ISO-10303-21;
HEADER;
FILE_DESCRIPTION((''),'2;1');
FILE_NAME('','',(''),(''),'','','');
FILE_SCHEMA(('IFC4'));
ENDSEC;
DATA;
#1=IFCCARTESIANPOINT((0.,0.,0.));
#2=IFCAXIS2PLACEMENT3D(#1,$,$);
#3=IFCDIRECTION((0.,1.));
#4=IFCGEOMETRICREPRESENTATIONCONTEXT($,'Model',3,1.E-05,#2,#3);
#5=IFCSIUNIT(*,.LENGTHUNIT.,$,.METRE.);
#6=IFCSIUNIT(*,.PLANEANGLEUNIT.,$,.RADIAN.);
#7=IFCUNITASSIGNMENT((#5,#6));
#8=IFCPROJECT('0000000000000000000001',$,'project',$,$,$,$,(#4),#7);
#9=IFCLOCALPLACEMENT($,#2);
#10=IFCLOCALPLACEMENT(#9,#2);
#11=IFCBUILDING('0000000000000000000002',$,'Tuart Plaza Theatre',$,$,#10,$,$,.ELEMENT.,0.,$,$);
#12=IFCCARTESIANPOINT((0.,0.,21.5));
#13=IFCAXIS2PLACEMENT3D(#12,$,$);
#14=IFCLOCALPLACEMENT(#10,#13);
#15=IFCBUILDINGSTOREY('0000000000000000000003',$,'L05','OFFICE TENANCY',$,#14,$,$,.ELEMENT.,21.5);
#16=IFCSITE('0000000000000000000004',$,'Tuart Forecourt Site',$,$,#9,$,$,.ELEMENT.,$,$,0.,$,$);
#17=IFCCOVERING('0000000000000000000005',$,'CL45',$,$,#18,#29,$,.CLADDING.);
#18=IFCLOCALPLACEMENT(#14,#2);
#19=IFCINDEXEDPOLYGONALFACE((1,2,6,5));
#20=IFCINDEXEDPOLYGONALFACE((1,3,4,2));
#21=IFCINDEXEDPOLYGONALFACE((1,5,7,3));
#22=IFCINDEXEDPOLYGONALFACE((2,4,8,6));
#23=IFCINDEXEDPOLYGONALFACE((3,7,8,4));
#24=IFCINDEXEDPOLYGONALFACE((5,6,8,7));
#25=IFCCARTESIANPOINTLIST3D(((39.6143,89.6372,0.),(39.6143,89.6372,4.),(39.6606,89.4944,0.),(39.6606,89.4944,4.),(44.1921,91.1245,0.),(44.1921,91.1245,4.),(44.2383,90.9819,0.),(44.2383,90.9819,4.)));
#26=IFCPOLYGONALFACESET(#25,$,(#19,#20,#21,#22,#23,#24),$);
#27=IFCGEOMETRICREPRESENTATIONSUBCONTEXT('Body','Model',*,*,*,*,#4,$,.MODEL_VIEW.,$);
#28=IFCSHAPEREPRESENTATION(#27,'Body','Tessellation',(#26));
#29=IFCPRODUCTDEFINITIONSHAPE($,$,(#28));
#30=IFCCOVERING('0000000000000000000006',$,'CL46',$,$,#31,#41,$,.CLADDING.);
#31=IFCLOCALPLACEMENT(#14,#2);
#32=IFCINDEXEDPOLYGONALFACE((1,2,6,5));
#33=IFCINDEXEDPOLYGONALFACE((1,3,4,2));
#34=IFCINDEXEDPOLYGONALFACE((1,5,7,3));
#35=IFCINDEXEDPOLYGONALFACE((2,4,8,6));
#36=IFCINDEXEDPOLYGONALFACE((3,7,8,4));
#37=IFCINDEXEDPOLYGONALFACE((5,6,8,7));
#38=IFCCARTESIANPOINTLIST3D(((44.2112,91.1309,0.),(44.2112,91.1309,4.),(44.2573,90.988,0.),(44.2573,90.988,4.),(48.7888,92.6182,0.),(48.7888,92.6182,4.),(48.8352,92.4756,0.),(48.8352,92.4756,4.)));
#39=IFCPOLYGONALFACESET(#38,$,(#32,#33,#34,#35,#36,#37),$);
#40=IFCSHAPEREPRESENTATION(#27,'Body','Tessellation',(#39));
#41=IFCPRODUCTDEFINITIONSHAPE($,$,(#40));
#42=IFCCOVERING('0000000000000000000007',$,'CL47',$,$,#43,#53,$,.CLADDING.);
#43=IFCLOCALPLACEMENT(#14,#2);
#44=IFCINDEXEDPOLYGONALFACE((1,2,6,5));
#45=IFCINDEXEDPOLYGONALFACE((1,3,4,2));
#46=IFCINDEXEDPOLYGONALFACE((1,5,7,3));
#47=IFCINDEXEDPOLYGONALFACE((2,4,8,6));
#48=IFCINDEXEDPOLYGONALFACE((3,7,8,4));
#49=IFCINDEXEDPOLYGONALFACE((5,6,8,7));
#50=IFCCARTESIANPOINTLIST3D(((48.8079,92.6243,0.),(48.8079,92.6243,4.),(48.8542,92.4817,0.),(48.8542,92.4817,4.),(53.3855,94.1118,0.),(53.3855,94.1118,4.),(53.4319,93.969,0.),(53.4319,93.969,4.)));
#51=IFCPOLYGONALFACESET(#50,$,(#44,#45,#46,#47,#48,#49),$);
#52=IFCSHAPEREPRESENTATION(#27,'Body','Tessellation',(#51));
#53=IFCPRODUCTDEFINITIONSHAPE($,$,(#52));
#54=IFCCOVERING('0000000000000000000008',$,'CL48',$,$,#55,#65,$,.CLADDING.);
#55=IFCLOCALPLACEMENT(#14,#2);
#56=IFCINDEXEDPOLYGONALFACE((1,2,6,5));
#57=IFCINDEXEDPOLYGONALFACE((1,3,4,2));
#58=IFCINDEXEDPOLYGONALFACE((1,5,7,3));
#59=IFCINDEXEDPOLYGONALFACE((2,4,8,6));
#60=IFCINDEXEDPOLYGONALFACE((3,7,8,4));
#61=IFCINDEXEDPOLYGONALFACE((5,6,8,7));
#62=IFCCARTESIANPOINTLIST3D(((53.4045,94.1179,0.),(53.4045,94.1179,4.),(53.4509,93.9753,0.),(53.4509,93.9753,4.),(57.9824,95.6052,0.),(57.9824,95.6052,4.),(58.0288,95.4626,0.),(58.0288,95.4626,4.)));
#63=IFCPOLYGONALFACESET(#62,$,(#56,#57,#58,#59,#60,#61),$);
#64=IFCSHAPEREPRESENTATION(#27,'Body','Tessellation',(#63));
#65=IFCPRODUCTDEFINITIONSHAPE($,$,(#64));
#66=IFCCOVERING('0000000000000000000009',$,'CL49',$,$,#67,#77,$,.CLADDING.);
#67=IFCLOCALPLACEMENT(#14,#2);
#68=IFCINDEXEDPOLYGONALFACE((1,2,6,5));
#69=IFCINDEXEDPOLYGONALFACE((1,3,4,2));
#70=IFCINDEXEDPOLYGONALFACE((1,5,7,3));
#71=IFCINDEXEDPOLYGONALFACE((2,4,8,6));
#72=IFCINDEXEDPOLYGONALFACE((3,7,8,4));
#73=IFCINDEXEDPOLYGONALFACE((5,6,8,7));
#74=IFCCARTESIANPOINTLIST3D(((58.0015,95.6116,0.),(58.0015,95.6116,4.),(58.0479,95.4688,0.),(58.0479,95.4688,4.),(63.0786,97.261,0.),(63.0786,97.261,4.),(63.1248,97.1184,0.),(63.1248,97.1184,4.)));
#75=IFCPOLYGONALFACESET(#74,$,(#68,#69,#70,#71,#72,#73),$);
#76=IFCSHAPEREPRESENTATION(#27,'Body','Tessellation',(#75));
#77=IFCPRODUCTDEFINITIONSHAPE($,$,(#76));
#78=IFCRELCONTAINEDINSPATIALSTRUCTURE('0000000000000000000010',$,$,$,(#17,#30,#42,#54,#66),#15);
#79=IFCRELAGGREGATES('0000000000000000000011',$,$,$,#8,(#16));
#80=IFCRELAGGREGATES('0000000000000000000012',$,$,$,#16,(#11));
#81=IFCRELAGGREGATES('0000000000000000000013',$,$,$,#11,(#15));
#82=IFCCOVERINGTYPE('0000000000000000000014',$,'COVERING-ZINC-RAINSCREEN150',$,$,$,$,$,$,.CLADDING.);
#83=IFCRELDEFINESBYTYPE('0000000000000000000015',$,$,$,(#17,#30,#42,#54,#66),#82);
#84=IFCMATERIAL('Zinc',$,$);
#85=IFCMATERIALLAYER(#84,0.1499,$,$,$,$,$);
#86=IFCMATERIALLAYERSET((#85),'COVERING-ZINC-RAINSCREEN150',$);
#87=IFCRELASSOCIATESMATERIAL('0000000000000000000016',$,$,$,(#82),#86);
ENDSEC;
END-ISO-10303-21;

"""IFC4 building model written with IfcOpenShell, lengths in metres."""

from ifc_helpers import new_model, si_unit, direction, frame, origin, place, context, subcontext, project, spatial, polyline, outline, extrude, material, layer, layer_set, type_object, element, save


model = new_model("IFC4")

# Units and contexts
model_context = context("Model", 3, precision=1e-05, world=origin(), true_north=direction((0.0, 1.0)))
body_context = subcontext(model_context, "Body", "Model", "MODEL_VIEW")
ifc_project = project(units=[si_unit("LENGTHUNIT", "METRE"), si_unit("PLANEANGLEUNIT", "RADIAN")], contexts=[model_context])

# Site, building, storey
site_placement = place(None, origin())
site = spatial("IfcSite", under=ifc_project, at=site_placement, Name="Tuart Forecourt Site", CompositionType="ELEMENT", RefElevation=0.0)
building_placement = place(site_placement, origin())
building = spatial("IfcBuilding", under=site, at=building_placement, Name="Tuart Plaza Theatre", CompositionType="ELEMENT", ElevationOfRefHeight=0.0)
storey_placement = place(building_placement, frame((0.0, 0.0, 21.5)))
storey = spatial("IfcBuildingStorey", under=building, at=storey_placement, Name="L05", Description="OFFICE TENANCY", CompositionType="ELEMENT", Elevation=21.5)

# Coverings
ifc_material_1 = material(Name="Zinc")
ifc_layer_1 = layer(ifc_material_1, 0.1499)
ifc_layer_set_1 = layer_set([ifc_layer_1], Name="COVERING-ZINC-RAINSCREEN150")
covering_type = type_object("IfcCoveringType", Name="COVERING-ZINC-RAINSCREEN150", PredefinedType="CLADDING", material=ifc_layer_set_1)
covering_1_placement = place(storey_placement, origin())
element("IfcCovering", 1, at=covering_1_placement, inside=storey, type_object=covering_type, Name="CL45", PredefinedType="CLADDING", context=body_context, shape_type="SweptSolid", body=[
    extrude(outline(polyline([(39.6143, 89.6372), (44.1921, 91.1245), (44.2383, 90.9819), (39.6606, 89.4944), (39.6143, 89.6372)])), origin(), (0.0, 0.0, 1.0), 4.0),
])
covering_2_placement = place(storey_placement, origin())
element("IfcCovering", 2, at=covering_2_placement, inside=storey, type_object=covering_type, Name="CL46", PredefinedType="CLADDING", context=body_context, shape_type="SweptSolid", body=[
    extrude(outline(polyline([(44.2112, 91.1309), (48.7888, 92.6182), (48.8352, 92.4756), (44.2573, 90.988), (44.2112, 91.1309)])), origin(), (0.0, 0.0, 1.0), 4.0),
])
covering_3_placement = place(storey_placement, origin())
element("IfcCovering", 3, at=covering_3_placement, inside=storey, type_object=covering_type, Name="CL47", PredefinedType="CLADDING", context=body_context, shape_type="SweptSolid", body=[
    extrude(outline(polyline([(48.8079, 92.6243), (53.3855, 94.1118), (53.4319, 93.969), (48.8542, 92.4817), (48.8079, 92.6243)])), origin(), (0.0, 0.0, 1.0), 4.0),
])
covering_4_placement = place(storey_placement, origin())
element("IfcCovering", 4, at=covering_4_placement, inside=storey, type_object=covering_type, Name="CL48", PredefinedType="CLADDING", context=body_context, shape_type="SweptSolid", body=[
    extrude(outline(polyline([(53.4045, 94.1179), (57.9824, 95.6052), (58.0288, 95.4626), (53.4509, 93.9753), (53.4045, 94.1179)])), origin(), (0.0, 0.0, 1.0), 4.0),
])
covering_5_placement = place(storey_placement, origin())
element("IfcCovering", 5, at=covering_5_placement, inside=storey, type_object=covering_type, Name="CL49", PredefinedType="CLADDING", context=body_context, shape_type="SweptSolid", body=[
    extrude(outline(polyline([(58.0015, 95.6116), (63.0786, 97.261), (63.1248, 97.1184), (58.0479, 95.4688), (58.0015, 95.6116)])), origin(), (0.0, 0.0, 1.0), 4.0),
])

save(model, "model.ifc")
